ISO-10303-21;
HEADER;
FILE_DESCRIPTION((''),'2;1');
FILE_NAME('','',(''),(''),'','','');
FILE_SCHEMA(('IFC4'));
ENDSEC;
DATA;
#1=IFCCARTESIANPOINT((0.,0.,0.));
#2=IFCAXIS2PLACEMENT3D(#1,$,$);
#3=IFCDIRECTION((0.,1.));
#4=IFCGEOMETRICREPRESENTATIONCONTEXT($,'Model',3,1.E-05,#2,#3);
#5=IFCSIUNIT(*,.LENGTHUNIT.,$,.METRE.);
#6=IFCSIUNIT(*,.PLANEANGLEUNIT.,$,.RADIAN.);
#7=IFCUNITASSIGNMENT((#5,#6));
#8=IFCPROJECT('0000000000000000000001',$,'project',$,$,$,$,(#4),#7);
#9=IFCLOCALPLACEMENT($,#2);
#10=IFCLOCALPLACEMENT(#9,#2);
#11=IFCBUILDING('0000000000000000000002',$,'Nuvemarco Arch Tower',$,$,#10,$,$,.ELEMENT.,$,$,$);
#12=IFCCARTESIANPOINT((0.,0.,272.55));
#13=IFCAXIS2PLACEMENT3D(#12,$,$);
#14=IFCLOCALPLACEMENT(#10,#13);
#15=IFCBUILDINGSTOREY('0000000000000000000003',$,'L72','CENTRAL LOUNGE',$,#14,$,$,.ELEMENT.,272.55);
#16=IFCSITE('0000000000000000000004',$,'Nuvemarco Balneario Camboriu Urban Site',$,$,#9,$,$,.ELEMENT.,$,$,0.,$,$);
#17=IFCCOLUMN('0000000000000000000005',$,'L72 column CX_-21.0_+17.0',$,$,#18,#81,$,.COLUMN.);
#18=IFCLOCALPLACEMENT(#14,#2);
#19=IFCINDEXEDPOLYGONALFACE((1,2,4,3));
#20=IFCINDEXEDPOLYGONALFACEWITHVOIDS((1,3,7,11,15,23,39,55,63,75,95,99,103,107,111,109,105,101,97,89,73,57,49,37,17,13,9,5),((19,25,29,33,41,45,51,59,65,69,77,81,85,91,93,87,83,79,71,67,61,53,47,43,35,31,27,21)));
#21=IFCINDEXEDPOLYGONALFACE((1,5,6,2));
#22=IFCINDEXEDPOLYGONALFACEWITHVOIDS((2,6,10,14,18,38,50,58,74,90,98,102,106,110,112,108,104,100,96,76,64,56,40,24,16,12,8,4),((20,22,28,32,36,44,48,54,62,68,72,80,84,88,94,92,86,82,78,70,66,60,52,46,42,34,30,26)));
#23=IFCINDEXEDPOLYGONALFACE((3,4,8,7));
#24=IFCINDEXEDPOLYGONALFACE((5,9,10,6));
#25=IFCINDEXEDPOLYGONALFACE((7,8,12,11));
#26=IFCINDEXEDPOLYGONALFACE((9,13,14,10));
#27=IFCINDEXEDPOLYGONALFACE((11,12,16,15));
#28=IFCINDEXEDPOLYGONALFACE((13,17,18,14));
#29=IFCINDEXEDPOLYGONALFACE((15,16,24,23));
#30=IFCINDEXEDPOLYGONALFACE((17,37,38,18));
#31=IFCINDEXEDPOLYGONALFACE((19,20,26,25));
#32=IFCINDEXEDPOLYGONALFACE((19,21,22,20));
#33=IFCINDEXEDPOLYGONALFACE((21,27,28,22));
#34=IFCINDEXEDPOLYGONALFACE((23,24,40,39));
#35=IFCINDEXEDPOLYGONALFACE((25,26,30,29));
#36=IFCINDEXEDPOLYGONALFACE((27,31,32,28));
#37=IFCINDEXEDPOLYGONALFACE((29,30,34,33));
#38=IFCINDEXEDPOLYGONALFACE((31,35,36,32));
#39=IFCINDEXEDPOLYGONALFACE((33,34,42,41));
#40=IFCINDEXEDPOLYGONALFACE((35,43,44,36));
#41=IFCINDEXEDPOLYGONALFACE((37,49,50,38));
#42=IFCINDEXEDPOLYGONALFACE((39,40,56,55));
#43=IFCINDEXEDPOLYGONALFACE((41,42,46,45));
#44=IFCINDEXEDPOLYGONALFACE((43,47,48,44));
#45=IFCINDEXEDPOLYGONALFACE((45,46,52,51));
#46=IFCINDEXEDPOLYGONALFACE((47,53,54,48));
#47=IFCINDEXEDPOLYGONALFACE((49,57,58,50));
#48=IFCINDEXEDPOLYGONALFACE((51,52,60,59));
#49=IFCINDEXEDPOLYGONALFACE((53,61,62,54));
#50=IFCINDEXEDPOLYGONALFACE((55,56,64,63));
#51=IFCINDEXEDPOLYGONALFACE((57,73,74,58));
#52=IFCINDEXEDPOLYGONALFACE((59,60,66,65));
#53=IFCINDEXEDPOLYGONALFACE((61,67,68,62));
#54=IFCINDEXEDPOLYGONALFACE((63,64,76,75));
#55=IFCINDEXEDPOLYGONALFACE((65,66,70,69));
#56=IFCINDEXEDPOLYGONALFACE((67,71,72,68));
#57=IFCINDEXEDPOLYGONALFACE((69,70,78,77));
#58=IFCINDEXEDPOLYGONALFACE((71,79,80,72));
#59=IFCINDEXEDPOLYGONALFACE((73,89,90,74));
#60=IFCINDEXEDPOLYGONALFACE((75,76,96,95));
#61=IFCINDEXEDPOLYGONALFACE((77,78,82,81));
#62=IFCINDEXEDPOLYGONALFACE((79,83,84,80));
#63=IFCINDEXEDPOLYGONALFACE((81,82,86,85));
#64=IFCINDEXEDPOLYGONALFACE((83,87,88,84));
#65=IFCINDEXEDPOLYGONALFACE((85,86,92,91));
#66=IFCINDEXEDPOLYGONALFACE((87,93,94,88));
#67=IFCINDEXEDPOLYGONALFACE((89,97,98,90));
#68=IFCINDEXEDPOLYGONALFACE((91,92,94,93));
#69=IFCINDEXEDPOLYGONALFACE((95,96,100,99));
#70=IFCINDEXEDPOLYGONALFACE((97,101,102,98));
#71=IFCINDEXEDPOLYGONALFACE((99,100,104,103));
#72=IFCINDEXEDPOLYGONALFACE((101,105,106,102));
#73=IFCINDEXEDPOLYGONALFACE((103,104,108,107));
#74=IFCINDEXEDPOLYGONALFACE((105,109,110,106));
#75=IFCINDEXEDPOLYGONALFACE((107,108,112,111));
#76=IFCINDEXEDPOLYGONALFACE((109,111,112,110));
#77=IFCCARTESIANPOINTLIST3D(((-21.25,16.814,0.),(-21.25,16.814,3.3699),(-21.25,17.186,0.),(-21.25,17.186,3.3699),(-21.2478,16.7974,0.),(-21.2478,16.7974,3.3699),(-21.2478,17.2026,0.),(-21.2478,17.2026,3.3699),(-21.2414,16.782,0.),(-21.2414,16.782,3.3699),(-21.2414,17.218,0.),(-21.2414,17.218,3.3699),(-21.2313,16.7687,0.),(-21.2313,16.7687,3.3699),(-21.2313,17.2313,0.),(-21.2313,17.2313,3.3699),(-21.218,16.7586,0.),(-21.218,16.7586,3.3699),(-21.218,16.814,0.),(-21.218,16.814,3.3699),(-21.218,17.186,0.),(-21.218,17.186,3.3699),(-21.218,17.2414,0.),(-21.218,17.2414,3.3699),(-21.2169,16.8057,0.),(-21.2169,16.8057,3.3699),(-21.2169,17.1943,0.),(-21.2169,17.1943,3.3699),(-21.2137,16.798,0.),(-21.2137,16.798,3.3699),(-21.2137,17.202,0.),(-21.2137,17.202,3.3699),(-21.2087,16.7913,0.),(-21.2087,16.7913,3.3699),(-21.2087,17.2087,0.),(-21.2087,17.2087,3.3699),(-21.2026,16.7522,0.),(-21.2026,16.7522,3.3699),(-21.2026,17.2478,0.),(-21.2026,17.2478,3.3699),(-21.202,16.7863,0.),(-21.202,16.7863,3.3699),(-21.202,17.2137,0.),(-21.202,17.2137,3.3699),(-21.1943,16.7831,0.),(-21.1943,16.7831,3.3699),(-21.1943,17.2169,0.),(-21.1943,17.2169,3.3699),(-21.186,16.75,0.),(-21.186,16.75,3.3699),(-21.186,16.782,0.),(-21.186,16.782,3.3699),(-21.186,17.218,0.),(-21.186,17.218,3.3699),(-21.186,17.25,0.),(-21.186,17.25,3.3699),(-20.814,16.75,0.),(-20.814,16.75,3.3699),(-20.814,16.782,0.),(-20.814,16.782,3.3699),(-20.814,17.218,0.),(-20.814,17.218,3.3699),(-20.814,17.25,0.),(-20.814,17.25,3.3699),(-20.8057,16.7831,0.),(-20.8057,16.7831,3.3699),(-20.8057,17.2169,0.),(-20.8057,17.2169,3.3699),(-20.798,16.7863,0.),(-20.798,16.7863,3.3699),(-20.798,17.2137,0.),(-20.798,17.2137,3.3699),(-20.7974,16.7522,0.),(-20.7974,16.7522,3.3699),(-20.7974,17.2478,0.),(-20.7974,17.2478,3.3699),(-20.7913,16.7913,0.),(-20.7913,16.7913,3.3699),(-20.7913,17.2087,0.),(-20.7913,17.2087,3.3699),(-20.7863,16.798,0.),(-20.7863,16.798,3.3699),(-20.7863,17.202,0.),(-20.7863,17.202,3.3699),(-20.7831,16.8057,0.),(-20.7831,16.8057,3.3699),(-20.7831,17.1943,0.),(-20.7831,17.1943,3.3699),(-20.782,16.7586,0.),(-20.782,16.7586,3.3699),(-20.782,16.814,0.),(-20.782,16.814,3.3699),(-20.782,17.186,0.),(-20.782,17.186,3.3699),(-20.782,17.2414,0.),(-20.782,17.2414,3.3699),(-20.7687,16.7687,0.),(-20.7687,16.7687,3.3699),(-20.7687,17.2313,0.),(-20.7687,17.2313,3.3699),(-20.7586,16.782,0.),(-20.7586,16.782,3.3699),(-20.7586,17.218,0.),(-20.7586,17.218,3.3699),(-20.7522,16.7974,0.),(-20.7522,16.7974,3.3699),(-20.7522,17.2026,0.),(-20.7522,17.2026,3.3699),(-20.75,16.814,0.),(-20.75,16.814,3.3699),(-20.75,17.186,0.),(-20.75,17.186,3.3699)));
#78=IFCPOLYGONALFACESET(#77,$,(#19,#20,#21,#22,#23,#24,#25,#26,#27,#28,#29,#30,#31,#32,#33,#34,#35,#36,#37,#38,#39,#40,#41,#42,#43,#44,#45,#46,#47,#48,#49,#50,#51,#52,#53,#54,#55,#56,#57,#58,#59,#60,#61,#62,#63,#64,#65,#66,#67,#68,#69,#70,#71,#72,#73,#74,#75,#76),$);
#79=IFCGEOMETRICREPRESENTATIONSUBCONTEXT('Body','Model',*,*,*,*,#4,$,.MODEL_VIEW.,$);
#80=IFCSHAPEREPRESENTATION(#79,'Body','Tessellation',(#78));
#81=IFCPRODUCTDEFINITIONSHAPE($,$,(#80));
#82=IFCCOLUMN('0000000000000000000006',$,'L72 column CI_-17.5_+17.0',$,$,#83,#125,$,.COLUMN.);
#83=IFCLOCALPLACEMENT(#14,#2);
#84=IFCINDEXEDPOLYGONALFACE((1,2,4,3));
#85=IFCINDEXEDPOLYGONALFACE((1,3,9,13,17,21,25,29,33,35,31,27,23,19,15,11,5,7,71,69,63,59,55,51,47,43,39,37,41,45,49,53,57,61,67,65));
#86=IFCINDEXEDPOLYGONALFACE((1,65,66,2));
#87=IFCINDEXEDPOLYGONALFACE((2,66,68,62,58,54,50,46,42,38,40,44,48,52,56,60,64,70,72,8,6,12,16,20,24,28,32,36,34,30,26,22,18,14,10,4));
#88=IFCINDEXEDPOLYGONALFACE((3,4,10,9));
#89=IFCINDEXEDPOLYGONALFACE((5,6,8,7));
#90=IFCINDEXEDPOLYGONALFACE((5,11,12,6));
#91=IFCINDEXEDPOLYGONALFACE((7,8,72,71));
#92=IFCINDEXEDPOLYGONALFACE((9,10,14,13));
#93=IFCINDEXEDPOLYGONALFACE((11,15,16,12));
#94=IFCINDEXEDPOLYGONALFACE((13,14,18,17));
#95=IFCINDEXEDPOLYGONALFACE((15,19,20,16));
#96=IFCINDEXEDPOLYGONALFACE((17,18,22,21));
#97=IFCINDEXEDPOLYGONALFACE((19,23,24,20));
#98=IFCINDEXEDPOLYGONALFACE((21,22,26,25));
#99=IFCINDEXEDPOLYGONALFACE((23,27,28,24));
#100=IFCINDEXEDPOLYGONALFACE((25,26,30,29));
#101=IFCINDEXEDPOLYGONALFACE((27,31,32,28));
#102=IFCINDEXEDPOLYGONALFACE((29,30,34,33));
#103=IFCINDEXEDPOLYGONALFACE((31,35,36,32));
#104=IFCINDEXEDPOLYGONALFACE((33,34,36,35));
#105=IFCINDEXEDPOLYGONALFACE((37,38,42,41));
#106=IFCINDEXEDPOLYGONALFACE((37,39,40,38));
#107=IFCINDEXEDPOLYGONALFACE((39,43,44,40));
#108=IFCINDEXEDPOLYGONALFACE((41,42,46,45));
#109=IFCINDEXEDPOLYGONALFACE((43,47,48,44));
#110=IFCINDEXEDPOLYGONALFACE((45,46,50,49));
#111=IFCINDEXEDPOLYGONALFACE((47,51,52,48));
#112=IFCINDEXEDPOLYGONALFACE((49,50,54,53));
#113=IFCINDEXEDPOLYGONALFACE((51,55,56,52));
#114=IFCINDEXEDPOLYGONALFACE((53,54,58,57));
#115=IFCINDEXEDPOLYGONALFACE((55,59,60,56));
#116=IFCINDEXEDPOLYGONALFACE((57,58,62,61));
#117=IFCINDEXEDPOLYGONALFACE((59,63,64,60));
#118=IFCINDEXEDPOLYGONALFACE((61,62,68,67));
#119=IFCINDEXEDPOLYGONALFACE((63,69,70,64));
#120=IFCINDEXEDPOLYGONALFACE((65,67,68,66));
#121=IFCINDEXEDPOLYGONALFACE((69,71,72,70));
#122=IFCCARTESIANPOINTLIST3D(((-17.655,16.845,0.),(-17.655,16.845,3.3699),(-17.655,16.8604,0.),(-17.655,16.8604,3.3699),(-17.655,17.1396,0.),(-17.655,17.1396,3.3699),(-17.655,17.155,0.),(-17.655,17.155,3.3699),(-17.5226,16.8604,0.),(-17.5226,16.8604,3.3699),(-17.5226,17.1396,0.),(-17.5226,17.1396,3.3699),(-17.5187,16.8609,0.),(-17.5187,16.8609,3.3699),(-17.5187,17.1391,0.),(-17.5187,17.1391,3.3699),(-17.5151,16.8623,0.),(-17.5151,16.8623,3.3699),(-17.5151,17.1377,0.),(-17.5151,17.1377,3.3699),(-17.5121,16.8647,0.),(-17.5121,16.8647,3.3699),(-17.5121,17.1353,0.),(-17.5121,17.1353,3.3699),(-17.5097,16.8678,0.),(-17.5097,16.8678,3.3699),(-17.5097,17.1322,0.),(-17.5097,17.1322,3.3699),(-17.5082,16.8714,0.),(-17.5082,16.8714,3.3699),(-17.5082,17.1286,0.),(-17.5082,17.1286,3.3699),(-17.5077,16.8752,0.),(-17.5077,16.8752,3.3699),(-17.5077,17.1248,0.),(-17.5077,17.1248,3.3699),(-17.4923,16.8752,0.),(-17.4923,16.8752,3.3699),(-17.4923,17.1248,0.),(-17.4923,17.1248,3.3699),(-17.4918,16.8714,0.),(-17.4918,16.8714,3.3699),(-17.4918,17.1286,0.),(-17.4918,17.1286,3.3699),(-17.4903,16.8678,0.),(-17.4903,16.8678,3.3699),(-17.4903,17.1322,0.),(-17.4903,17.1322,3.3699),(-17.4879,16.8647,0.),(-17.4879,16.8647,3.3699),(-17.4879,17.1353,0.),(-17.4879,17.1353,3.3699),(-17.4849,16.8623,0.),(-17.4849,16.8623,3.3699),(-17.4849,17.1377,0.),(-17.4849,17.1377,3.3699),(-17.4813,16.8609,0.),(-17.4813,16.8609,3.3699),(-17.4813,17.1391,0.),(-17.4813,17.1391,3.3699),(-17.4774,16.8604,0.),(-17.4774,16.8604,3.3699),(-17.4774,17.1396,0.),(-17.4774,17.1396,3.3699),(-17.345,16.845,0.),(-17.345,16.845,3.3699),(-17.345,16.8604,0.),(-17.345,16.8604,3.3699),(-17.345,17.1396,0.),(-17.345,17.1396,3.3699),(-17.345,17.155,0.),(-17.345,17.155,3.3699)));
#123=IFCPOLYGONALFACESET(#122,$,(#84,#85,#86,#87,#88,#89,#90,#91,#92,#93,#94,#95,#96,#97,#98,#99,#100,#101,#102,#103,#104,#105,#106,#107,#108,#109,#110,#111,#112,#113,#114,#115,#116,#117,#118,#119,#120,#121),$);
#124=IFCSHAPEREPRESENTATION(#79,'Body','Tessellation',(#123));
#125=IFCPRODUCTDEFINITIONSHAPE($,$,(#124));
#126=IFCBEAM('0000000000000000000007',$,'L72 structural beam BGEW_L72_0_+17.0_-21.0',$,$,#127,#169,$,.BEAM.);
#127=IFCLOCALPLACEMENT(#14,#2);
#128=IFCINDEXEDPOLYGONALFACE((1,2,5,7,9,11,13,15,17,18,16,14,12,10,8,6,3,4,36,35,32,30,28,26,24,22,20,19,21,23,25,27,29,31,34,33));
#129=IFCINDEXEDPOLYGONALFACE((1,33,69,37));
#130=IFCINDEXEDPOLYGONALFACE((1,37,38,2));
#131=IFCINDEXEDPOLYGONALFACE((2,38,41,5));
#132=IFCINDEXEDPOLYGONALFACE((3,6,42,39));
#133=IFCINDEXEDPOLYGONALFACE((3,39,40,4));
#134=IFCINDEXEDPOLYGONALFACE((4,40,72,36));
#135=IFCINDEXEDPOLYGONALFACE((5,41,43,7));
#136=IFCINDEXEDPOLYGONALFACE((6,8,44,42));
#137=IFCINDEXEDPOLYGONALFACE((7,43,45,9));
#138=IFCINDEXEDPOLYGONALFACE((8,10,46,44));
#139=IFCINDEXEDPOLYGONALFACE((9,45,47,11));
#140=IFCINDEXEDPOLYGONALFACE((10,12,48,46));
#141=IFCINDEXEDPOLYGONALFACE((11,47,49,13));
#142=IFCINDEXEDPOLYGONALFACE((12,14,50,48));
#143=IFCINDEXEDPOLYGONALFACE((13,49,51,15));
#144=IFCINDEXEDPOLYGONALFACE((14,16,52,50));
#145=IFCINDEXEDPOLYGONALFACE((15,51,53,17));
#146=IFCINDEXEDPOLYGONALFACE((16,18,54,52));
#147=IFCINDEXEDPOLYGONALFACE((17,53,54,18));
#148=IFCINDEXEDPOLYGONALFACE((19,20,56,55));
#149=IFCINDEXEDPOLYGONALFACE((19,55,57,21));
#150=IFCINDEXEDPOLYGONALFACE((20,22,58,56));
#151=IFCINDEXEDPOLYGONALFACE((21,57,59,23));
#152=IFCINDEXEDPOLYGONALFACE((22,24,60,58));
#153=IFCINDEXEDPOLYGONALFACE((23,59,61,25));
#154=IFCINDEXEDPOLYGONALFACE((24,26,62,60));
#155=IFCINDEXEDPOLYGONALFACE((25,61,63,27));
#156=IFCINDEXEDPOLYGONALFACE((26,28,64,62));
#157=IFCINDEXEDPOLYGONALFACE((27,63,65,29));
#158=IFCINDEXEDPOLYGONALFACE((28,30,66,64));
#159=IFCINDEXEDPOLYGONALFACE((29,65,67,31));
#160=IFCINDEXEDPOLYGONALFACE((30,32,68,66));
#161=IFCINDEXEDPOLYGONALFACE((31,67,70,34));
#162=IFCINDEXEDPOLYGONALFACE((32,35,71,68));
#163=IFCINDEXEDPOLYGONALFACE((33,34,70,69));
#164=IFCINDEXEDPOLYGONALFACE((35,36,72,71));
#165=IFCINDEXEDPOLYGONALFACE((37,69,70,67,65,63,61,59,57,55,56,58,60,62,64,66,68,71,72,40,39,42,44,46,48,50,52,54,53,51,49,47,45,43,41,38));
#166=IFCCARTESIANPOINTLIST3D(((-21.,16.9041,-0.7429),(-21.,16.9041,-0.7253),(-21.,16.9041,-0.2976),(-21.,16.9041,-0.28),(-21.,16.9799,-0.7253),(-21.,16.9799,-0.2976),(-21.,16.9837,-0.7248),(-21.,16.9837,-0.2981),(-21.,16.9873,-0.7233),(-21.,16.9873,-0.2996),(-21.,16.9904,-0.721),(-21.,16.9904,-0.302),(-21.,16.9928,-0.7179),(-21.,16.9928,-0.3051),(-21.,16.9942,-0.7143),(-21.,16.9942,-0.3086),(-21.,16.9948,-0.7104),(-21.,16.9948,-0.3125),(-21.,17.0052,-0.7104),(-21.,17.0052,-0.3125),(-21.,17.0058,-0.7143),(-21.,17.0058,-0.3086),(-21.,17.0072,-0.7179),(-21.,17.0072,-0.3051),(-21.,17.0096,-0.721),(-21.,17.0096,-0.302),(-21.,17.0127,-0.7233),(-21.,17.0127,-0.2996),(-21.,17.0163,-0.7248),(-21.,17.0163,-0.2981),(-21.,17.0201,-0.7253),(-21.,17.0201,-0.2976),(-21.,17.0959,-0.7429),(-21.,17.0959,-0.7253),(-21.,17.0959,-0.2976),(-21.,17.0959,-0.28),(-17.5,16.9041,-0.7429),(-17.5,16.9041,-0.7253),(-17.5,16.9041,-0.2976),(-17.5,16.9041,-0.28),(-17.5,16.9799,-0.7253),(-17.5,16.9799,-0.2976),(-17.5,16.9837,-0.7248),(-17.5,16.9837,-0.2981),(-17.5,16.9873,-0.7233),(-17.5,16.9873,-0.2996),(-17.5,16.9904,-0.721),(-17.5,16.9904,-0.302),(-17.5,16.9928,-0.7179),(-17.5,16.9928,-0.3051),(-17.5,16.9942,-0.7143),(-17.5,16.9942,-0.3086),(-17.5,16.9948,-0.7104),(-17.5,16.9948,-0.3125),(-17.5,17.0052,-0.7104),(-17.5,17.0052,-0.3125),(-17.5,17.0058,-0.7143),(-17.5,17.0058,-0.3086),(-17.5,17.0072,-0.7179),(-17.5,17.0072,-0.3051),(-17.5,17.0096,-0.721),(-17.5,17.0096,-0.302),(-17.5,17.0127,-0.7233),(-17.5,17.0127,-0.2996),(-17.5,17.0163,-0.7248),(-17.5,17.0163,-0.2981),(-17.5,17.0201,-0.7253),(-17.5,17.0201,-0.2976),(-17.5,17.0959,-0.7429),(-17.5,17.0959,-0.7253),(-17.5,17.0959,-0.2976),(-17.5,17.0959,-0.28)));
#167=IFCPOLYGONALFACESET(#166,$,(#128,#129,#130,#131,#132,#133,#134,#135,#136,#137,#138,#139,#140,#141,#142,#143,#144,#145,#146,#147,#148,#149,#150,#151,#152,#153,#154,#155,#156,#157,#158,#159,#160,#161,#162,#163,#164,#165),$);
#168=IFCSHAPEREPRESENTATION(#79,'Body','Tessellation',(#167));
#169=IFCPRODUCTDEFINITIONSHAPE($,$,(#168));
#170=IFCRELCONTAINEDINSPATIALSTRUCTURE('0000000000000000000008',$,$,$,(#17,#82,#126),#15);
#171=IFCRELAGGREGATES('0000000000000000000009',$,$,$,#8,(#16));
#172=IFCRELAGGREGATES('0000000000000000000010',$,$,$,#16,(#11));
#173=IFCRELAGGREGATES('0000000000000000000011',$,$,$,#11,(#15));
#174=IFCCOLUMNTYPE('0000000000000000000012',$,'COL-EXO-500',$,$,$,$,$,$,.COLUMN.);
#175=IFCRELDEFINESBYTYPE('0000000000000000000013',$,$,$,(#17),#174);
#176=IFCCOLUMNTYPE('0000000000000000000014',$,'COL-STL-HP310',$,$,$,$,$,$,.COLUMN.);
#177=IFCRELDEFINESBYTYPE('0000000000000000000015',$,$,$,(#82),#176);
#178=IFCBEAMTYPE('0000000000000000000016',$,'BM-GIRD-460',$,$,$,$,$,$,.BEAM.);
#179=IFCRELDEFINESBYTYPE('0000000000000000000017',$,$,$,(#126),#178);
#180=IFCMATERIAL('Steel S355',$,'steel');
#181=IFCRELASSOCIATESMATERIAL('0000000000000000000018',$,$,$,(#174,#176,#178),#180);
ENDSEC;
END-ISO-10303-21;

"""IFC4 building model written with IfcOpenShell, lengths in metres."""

from ifc_helpers import new_model, si_unit, direction, frame, origin, origin_2d, place, context, subcontext, project, spatial, hollow_rectangle, i_section, extrude, material, material_profile, profile_set, type_object, element, save


model = new_model("IFC4")

# Units and contexts
model_context = context("Model", 3, precision=1e-05, world=origin(), true_north=direction((0.0, 1.0)))
body_context = subcontext(model_context, "Body", "Model", "MODEL_VIEW")
ifc_project = project(units=[si_unit("LENGTHUNIT", "METRE"), si_unit("PLANEANGLEUNIT", "RADIAN")], contexts=[model_context])

# Site, building, storey
site_placement = place(None, origin())
site = spatial("IfcSite", under=ifc_project, at=site_placement, Name="Nuvemarco Balneario Camboriu Urban Site", CompositionType="ELEMENT", RefElevation=0.0)
building_placement = place(site_placement, origin())
building = spatial("IfcBuilding", under=site, at=building_placement, Name="Nuvemarco Arch Tower", CompositionType="ELEMENT")
storey_placement = place(building_placement, frame((0.0, 0.0, 272.55)))
storey = spatial("IfcBuildingStorey", under=building, at=storey_placement, Name="L72", Description="CENTRAL LOUNGE", CompositionType="ELEMENT", Elevation=272.55)

# Columns
ifc_material_1 = material(Name="Steel S355", Category="steel")
ifc_material_profile_1 = material_profile(ifc_material_1, hollow_rectangle(XDim=0.5, YDim=0.5, WallThickness=0.032, InnerFilletRadius=0.032, OuterFilletRadius=0.064, at=origin_2d()), Name="SHS500x500x32")
ifc_profile_set_1 = profile_set([ifc_material_profile_1], Name="Steel S355")
column_type_1 = type_object("IfcColumnType", Name="COL-EXO-500", PredefinedType="COLUMN", material=ifc_profile_set_1)
column_1_placement = place(storey_placement, frame((-21.0, 17.0, 0.0), z_axis=(0.0, 0.0, 1.0), x_axis=(1.0, 0.0, 0.0)))
element("IfcColumn", 1, at=column_1_placement, inside=storey, type_object=column_type_1, Name="L72 column CX_-21.0_+17.0", PredefinedType="COLUMN", context=body_context, shape_type="SweptSolid", body=[
    extrude(hollow_rectangle(XDim=0.5, YDim=0.5, WallThickness=0.032, InnerFilletRadius=0.032, OuterFilletRadius=0.064, at=origin_2d()), origin(), (0.0, 0.0, 1.0), 3.3699),
])
ifc_material_profile_2 = material_profile(ifc_material_1, i_section(OverallWidth=0.3101, OverallDepth=0.3101, WebThickness=0.0154, FlangeThickness=0.0154, FilletRadius=0.0149, at=origin_2d()), Name="HP310x110")
ifc_profile_set_2 = profile_set([ifc_material_profile_2], Name="Steel S355")
column_type_2 = type_object("IfcColumnType", Name="COL-STL-HP310", PredefinedType="COLUMN", material=ifc_profile_set_2)
column_2_placement = place(storey_placement, frame((-17.5, 17.0, 0.0), z_axis=(0.0, 0.0, 1.0), x_axis=(1.0, 0.0, 0.0)))
element("IfcColumn", 2, at=column_2_placement, inside=storey, type_object=column_type_2, Name="L72 column CI_-17.5_+17.0", PredefinedType="COLUMN", context=body_context, shape_type="SweptSolid", body=[
    extrude(i_section(OverallWidth=0.3101, OverallDepth=0.3101, WebThickness=0.0154, FlangeThickness=0.0154, FilletRadius=0.0149, at=origin_2d()), origin(), (0.0, 0.0, 1.0), 3.3699),
])

# Beam
ifc_material_profile_3 = material_profile(ifc_material_1, i_section(OverallWidth=0.1919, OverallDepth=0.4629, WebThickness=0.0105, FlangeThickness=0.0176, FilletRadius=0.0149, at=origin_2d()), Name="W460x89")
ifc_profile_set_3 = profile_set([ifc_material_profile_3], Name="Steel S355")
beam_type_1 = type_object("IfcBeamType", Name="BM-GIRD-460", PredefinedType="BEAM", material=ifc_profile_set_3)
beam_1_placement = place(storey_placement, frame((-21.0, 17.0, -0.5115), z_axis=(1.0, 0.0, 0.0), x_axis=(0.0, 1.0, 0.0)))
element("IfcBeam", 3, at=beam_1_placement, inside=storey, type_object=beam_type_1, Name="L72 structural beam BGEW_L72_0_+17.0_-21.0", PredefinedType="BEAM", context=body_context, shape_type="SweptSolid", body=[
    extrude(i_section(OverallWidth=0.1919, OverallDepth=0.4629, WebThickness=0.0105, FlangeThickness=0.0176, FilletRadius=0.0149, at=origin_2d()), origin(), (0.0, 0.0, 1.0), 3.5),
])

save(model, "model.ifc")
